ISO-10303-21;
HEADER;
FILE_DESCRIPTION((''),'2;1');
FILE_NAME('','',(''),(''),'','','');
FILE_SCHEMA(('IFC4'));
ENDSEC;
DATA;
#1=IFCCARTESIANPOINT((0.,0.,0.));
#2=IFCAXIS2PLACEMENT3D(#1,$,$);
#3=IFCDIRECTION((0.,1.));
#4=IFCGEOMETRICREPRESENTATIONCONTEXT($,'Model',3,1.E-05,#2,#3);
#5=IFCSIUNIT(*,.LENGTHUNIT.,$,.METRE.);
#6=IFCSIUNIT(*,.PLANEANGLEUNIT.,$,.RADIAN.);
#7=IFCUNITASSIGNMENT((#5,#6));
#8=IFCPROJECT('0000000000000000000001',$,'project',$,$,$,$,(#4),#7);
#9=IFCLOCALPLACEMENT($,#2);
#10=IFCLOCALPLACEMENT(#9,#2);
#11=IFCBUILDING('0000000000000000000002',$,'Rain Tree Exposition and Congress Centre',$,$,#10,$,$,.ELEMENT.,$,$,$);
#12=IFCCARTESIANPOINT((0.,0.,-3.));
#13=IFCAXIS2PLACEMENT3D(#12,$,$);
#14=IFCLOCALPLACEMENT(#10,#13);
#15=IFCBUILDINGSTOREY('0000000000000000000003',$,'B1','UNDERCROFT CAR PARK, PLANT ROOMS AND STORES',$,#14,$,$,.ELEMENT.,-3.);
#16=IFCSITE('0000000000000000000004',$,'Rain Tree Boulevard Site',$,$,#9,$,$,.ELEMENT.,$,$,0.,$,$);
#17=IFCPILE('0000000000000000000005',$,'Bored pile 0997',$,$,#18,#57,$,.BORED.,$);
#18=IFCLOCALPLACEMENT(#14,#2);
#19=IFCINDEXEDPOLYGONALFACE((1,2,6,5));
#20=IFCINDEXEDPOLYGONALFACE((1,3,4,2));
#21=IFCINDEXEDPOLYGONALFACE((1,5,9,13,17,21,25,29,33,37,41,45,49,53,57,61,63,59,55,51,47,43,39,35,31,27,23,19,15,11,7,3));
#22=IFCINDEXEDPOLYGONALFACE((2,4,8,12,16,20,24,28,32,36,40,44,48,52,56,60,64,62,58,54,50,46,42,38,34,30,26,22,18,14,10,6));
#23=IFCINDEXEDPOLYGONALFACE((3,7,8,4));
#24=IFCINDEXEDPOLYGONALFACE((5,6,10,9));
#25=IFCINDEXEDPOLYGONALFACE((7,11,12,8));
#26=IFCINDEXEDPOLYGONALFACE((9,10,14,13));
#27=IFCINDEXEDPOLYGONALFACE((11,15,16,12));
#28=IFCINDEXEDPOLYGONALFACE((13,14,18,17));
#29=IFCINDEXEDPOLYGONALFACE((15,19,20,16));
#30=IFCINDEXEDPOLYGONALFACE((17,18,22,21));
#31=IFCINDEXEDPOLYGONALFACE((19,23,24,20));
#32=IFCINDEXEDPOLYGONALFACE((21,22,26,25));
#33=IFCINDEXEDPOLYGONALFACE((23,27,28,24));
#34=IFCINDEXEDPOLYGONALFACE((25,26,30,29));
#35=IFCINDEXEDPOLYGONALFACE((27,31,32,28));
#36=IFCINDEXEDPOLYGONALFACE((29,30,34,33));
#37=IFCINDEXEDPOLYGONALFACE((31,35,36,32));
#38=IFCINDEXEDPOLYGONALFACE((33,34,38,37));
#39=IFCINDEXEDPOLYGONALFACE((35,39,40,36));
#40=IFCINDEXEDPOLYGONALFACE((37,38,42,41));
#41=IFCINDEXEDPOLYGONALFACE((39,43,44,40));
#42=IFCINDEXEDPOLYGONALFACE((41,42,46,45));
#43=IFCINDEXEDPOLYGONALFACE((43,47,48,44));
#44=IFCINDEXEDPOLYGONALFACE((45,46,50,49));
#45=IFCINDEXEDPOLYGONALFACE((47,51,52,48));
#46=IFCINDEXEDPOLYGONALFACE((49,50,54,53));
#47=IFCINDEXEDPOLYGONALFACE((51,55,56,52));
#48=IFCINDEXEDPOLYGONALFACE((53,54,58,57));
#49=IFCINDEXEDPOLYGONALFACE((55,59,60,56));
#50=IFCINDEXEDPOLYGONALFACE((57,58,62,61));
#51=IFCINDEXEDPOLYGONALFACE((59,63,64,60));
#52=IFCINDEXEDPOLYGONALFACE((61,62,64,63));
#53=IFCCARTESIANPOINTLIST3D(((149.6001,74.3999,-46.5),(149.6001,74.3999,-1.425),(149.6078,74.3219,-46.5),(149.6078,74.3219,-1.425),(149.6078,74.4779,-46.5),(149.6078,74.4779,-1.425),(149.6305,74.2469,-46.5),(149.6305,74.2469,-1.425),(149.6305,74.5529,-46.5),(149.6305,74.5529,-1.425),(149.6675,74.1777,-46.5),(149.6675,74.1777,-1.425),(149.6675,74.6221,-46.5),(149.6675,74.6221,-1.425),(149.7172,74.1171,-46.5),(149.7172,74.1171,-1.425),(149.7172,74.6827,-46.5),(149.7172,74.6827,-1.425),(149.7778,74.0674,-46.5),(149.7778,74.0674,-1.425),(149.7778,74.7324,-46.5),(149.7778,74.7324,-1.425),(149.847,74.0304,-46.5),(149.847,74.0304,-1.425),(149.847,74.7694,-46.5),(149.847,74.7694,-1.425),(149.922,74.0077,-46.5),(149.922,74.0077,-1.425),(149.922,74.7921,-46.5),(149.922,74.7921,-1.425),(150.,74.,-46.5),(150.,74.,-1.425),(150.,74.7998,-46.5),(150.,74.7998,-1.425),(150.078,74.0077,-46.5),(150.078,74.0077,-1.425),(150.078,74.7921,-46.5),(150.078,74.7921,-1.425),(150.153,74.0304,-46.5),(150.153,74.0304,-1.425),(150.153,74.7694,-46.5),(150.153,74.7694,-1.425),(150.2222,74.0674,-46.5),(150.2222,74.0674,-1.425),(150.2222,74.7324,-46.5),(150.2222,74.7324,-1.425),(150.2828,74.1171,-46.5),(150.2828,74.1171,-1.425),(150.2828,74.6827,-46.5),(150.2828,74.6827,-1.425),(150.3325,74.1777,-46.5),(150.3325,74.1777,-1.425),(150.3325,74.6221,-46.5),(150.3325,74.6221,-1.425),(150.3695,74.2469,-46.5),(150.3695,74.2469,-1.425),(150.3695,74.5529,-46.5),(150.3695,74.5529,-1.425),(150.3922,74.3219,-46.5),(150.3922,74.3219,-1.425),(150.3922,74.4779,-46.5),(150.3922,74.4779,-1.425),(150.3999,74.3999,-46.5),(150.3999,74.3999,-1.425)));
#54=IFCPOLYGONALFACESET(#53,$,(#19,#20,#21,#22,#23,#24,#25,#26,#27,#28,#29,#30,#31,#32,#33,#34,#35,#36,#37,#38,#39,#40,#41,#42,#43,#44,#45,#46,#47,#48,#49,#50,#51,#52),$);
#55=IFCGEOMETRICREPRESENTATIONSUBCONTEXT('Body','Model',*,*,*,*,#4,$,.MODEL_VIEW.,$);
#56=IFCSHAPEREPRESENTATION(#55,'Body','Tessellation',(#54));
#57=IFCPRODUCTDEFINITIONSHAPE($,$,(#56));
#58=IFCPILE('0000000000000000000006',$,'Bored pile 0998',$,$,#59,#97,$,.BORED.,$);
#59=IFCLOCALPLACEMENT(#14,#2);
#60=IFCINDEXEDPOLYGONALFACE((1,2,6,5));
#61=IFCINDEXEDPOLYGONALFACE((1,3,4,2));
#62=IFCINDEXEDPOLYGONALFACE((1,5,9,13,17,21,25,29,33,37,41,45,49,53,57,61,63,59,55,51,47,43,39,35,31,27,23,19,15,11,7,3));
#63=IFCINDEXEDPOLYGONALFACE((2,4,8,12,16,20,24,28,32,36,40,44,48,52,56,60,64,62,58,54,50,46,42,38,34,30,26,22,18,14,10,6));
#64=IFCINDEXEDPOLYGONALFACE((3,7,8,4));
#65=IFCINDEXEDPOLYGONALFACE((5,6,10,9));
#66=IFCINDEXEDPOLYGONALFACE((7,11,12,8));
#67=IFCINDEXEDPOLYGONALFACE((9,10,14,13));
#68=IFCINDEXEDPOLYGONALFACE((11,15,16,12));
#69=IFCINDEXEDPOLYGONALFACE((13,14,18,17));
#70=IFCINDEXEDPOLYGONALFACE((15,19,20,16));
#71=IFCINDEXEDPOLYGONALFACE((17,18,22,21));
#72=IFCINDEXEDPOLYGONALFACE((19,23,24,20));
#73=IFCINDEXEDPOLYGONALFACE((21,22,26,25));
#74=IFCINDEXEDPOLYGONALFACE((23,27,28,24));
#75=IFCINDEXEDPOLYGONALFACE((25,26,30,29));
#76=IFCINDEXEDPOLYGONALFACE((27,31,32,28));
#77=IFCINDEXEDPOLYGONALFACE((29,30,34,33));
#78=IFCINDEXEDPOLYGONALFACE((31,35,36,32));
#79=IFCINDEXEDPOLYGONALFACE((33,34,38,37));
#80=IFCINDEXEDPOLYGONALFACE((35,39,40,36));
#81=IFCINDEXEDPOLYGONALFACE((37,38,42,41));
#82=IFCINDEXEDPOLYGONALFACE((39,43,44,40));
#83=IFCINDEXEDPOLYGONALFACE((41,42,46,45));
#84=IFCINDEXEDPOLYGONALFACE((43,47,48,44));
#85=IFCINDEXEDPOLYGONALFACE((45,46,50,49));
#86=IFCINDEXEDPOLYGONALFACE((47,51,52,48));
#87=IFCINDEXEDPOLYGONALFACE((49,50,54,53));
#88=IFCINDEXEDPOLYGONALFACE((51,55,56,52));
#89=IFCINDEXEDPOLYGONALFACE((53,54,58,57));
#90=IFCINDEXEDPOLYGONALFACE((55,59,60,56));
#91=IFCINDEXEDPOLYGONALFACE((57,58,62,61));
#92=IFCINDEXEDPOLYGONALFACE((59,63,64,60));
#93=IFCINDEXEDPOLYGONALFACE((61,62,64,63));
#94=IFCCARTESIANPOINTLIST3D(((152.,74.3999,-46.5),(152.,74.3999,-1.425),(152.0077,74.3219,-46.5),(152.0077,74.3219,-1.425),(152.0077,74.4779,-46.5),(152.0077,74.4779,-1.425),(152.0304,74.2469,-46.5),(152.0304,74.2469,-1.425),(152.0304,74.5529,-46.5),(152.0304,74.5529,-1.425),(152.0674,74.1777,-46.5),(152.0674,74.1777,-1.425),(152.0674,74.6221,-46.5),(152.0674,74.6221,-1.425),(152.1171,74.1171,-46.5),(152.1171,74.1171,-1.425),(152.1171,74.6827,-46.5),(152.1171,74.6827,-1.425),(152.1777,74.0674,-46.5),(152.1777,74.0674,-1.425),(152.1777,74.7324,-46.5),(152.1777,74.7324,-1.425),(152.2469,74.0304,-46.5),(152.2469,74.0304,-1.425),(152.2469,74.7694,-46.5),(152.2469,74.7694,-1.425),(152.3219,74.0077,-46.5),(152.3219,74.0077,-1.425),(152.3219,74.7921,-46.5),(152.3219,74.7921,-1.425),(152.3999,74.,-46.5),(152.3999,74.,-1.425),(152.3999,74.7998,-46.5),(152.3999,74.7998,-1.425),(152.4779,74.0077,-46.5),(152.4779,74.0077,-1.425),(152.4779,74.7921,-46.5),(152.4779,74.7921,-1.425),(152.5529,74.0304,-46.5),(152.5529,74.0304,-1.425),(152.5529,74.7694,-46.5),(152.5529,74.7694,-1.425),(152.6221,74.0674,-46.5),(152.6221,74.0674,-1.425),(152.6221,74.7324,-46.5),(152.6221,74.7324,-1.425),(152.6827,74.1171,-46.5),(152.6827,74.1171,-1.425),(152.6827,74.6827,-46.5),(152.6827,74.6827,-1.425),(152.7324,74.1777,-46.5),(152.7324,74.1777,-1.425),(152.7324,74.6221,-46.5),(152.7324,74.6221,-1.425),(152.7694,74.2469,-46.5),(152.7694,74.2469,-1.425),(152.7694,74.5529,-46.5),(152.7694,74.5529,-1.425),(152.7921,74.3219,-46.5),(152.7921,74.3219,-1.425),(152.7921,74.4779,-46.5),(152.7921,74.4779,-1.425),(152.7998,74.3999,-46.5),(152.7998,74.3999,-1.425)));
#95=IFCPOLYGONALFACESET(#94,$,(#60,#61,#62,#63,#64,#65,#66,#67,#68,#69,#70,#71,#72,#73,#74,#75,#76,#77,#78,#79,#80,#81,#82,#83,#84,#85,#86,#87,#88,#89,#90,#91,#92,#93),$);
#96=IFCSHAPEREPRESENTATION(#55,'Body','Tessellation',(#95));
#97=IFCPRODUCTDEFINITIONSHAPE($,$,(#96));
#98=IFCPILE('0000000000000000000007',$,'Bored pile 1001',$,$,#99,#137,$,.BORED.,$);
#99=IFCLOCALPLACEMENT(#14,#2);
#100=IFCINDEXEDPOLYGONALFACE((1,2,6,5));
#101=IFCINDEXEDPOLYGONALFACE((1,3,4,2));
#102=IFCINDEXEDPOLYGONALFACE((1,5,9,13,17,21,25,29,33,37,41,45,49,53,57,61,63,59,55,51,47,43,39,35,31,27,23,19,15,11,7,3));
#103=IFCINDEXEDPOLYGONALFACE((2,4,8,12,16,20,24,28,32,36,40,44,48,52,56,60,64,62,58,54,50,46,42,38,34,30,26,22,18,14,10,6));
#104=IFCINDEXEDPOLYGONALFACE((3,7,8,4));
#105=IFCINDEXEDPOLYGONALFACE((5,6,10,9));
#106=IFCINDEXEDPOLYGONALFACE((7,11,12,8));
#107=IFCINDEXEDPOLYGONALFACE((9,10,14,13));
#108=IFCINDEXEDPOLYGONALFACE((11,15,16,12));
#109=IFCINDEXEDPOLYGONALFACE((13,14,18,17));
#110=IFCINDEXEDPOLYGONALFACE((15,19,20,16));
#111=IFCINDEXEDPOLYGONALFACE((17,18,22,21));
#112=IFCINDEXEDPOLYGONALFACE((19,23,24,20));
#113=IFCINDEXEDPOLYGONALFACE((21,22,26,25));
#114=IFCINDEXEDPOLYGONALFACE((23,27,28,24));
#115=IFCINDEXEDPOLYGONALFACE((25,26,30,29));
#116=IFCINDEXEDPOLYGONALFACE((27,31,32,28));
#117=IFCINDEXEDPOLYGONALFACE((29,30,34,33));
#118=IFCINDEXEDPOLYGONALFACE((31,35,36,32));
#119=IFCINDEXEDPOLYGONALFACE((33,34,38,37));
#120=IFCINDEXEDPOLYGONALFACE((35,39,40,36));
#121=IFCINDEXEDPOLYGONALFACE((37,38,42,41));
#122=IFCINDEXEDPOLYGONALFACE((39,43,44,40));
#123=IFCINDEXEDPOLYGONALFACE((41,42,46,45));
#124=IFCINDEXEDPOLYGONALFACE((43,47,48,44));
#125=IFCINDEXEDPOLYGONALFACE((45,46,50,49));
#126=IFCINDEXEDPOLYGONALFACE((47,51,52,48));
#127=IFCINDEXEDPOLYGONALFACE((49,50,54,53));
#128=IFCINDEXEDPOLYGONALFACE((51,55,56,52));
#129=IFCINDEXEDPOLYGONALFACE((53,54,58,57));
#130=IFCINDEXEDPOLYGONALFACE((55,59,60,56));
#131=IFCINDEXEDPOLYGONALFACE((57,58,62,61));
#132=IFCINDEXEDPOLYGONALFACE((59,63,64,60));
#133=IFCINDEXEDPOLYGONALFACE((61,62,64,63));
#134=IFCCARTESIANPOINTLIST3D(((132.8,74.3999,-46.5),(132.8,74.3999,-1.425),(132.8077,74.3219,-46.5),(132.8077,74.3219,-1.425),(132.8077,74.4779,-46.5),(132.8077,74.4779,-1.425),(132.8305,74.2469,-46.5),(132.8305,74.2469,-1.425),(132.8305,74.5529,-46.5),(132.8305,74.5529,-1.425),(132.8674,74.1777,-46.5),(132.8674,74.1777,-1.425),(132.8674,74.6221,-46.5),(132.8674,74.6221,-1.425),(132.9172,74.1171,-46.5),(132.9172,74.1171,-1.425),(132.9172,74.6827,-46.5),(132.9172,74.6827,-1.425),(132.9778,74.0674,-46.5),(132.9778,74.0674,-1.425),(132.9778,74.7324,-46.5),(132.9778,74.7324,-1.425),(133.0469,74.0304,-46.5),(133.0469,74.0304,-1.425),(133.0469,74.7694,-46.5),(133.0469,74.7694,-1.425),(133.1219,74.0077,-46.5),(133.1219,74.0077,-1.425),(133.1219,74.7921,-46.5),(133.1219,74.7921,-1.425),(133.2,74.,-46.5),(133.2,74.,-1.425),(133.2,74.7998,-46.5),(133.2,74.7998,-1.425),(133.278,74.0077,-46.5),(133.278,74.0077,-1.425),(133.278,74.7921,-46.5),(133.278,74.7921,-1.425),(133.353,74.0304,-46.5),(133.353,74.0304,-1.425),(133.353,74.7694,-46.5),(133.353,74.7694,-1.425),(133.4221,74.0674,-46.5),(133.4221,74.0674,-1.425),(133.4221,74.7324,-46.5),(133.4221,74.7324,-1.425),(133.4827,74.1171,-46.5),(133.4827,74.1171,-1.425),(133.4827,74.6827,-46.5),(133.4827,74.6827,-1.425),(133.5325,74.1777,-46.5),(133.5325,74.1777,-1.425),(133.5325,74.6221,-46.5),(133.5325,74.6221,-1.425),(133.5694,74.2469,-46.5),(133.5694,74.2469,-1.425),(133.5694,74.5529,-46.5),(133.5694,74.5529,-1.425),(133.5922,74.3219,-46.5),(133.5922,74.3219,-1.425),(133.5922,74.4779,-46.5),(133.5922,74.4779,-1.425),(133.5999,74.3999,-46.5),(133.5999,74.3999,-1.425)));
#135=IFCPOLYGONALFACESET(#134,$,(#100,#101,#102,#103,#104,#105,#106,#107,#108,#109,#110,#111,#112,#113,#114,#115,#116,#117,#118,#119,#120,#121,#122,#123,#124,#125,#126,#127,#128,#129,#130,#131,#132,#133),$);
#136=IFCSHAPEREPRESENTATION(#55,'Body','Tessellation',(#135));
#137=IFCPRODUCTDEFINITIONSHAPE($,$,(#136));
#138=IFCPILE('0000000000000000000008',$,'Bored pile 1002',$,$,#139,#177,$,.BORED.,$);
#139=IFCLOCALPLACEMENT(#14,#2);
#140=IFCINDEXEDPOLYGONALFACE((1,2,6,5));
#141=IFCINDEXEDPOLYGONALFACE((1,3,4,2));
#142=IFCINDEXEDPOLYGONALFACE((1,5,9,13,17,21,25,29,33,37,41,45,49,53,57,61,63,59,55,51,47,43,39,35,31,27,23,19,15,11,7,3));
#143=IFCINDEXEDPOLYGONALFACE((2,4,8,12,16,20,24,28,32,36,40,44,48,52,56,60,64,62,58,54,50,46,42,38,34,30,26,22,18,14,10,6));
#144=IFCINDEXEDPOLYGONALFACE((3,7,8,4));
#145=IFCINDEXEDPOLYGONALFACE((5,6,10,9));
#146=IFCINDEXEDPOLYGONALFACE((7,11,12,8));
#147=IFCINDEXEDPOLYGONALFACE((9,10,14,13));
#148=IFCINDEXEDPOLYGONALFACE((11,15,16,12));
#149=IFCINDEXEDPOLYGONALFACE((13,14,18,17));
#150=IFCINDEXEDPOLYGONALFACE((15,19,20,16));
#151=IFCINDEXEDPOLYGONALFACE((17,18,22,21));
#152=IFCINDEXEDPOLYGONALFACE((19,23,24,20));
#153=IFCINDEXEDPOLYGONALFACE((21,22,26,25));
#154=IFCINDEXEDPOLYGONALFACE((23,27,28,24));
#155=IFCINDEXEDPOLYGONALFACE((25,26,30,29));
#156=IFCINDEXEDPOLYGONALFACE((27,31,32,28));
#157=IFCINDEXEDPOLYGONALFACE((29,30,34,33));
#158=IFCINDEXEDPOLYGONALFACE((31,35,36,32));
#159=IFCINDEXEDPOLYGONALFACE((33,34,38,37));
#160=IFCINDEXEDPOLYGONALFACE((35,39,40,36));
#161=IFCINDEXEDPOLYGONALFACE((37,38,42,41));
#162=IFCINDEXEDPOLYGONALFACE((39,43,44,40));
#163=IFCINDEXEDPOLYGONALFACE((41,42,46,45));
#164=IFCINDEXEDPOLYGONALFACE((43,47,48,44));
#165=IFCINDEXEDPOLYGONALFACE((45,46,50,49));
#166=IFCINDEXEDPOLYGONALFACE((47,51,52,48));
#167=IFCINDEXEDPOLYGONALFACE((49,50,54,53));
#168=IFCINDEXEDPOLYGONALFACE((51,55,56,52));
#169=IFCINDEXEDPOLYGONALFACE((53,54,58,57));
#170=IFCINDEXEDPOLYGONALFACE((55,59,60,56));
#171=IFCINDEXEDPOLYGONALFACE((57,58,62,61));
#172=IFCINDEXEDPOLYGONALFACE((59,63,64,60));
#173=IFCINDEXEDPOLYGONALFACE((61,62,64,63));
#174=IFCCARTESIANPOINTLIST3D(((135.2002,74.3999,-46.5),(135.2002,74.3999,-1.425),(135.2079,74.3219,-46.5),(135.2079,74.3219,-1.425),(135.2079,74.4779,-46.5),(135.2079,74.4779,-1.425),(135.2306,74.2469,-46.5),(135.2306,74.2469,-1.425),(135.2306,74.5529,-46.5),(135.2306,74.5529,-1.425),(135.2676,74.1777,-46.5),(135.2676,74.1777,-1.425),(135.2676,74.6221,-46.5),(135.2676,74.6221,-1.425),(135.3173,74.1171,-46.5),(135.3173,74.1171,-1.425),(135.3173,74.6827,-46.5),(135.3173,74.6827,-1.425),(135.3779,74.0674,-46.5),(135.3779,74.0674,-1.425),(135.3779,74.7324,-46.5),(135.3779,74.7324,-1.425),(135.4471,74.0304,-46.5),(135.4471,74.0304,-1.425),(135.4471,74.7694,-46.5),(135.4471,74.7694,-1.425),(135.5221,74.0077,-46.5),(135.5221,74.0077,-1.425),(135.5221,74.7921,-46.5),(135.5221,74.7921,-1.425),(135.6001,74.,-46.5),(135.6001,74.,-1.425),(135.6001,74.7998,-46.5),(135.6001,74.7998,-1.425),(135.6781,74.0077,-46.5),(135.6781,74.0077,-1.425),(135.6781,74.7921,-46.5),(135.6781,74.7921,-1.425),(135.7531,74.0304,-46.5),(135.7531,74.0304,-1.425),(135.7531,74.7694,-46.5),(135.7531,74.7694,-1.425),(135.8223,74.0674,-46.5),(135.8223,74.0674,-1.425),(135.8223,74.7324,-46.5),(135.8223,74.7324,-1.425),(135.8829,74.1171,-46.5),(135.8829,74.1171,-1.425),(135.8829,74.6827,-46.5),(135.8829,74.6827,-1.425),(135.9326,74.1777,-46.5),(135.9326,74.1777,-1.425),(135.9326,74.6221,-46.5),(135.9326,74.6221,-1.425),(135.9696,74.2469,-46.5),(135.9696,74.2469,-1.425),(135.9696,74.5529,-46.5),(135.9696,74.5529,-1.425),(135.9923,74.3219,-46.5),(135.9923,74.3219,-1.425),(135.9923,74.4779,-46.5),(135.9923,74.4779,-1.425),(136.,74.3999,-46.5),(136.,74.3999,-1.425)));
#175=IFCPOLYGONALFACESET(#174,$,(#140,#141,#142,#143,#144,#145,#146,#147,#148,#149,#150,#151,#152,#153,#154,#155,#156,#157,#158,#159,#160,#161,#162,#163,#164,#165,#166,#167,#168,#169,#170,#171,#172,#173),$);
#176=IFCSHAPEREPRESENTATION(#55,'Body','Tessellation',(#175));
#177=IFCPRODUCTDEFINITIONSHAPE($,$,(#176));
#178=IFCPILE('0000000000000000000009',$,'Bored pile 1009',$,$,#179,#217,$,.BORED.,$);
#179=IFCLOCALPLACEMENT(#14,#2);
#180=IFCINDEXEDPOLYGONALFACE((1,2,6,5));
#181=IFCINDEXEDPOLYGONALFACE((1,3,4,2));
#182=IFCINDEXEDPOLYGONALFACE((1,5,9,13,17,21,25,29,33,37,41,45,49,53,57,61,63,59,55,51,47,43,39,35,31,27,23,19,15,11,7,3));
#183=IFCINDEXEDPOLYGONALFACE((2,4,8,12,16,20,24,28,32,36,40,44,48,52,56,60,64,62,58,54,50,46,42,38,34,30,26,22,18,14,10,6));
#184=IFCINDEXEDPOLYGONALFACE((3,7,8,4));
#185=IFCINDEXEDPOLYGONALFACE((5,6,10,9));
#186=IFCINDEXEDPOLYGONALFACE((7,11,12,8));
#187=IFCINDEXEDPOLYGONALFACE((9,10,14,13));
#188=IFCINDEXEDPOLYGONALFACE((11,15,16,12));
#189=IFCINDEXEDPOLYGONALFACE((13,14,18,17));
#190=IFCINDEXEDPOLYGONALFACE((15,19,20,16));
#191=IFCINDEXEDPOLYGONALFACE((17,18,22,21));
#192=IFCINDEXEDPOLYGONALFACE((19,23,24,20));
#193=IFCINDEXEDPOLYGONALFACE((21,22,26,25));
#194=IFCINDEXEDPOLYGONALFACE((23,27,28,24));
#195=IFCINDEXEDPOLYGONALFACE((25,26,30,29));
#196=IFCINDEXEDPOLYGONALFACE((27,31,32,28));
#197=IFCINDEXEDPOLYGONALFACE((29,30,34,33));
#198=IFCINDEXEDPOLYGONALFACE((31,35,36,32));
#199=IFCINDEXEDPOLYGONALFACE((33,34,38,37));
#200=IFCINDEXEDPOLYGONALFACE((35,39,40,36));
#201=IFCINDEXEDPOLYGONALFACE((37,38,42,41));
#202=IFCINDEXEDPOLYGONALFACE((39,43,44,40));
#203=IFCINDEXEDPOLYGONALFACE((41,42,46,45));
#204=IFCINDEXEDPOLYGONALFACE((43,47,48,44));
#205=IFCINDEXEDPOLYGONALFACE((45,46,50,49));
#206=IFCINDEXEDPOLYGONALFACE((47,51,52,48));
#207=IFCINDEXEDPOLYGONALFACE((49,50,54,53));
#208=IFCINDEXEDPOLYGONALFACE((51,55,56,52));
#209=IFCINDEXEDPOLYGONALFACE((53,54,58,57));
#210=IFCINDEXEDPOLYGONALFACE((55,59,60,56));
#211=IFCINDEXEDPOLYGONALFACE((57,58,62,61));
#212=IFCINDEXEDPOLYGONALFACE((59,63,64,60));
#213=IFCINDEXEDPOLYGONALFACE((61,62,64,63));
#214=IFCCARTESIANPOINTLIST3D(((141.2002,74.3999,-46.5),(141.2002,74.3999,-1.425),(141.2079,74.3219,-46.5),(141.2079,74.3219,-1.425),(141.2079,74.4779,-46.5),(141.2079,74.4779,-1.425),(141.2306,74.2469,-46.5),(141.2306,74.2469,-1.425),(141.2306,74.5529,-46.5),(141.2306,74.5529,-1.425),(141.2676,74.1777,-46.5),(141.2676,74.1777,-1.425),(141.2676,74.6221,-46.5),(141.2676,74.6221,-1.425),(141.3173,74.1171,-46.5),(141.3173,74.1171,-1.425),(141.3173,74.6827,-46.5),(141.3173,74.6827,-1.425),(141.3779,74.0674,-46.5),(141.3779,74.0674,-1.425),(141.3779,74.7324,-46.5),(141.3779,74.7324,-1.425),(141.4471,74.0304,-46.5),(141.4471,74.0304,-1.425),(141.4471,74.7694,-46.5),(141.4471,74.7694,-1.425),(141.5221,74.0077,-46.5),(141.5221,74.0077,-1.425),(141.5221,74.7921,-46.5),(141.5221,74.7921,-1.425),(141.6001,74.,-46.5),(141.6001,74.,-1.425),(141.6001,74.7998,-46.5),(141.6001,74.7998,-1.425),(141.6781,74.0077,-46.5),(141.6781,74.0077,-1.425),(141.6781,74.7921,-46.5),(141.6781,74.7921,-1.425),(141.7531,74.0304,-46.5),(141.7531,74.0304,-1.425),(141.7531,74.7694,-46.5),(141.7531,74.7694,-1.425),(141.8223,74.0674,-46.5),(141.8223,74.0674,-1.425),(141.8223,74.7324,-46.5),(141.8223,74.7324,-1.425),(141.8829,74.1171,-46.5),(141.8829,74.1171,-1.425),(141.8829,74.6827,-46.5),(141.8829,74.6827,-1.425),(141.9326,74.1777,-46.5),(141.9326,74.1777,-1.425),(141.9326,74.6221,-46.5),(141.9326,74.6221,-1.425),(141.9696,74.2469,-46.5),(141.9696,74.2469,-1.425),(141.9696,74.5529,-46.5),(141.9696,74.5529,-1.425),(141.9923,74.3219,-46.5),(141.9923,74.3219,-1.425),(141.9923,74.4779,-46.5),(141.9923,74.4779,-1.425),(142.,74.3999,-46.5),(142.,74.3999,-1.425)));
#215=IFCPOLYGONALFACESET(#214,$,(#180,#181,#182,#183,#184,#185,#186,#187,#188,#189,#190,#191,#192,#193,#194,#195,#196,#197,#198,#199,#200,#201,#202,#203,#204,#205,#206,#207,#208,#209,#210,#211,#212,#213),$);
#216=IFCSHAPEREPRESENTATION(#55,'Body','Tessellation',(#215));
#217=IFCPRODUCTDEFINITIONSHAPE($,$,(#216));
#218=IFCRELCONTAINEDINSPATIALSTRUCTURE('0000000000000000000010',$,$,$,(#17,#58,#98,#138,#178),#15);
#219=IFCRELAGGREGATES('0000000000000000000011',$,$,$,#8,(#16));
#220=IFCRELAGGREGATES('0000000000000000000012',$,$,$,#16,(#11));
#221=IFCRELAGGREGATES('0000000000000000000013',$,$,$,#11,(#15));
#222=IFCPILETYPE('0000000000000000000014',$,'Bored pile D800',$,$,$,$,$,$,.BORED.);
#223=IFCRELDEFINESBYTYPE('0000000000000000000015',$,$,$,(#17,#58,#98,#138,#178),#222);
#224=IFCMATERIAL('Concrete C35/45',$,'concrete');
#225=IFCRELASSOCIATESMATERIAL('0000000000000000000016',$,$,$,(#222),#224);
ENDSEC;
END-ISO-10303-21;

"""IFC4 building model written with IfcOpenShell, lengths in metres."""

from ifc_helpers import new_model, si_unit, direction, frame, origin, origin_2d, place, context, subcontext, project, spatial, circle, extrude, material, material_profile, profile_set, type_object, element, save


model = new_model("IFC4")

# Units and contexts
model_context = context("Model", 3, precision=1e-05, world=origin(), true_north=direction((0.0, 1.0)))
body_context = subcontext(model_context, "Body", "Model", "MODEL_VIEW")
ifc_project = project(units=[si_unit("LENGTHUNIT", "METRE"), si_unit("PLANEANGLEUNIT", "RADIAN")], contexts=[model_context])

# Site, building, storey
site_placement = place(None, origin())
site = spatial("IfcSite", under=ifc_project, at=site_placement, Name="Rain Tree Boulevard Site", CompositionType="ELEMENT", RefElevation=0.0)
building_placement = place(site_placement, origin())
building = spatial("IfcBuilding", under=site, at=building_placement, Name="Rain Tree Exposition and Congress Centre", CompositionType="ELEMENT")
storey_placement = place(building_placement, frame((0.0, 0.0, -3.0)))
storey = spatial("IfcBuildingStorey", under=building, at=storey_placement, Name="B1", Description="UNDERCROFT CAR PARK, PLANT ROOMS AND STORES", CompositionType="ELEMENT", Elevation=-3.0)

# Piles
ifc_material_1 = material(Name="Concrete C35/45", Category="concrete")
ifc_material_profile_1 = material_profile(ifc_material_1, circle(Radius=0.3999, at=origin_2d()), Name="D800")
ifc_profile_set_1 = profile_set([ifc_material_profile_1], Name="Concrete C35/45")
pile_type = type_object("IfcPileType", Name="Bored pile D800", PredefinedType="BORED", material=ifc_profile_set_1)
for number, where, z_axis, x_axis, name in (
    (1, (150.0, 74.3999, -1.425), (0.0, 0.0, -1.0), (1.0, 0.0, 0.0), "Bored pile 0997"),
    (2, (152.3999, 74.3999, -1.425), (0.0, 0.0, -1.0), (1.0, 0.0, 0.0), "Bored pile 0998"),
    (3, (133.2, 74.3999, -1.425), (0.0, 0.0, -1.0), (1.0, 0.0, 0.0), "Bored pile 1001"),
    (4, (135.6001, 74.3999, -1.425), (0.0, 0.0, -1.0), (1.0, 0.0, 0.0), "Bored pile 1002"),
    (5, (141.6001, 74.3999, -1.425), (0.0, 0.0, -1.0), (1.0, 0.0, 0.0), "Bored pile 1009"),
):
    element("IfcPile", number, at=place(storey_placement, frame(where, z_axis=z_axis, x_axis=x_axis)), inside=storey, type_object=pile_type, Name=name, PredefinedType="BORED", context=body_context, shape_type="SweptSolid", body=[
        extrude(circle(Radius=0.3999, at=origin_2d()), origin(), (0.0, 0.0, 1.0), 45.075),
    ])

save(model, "model.ifc")
